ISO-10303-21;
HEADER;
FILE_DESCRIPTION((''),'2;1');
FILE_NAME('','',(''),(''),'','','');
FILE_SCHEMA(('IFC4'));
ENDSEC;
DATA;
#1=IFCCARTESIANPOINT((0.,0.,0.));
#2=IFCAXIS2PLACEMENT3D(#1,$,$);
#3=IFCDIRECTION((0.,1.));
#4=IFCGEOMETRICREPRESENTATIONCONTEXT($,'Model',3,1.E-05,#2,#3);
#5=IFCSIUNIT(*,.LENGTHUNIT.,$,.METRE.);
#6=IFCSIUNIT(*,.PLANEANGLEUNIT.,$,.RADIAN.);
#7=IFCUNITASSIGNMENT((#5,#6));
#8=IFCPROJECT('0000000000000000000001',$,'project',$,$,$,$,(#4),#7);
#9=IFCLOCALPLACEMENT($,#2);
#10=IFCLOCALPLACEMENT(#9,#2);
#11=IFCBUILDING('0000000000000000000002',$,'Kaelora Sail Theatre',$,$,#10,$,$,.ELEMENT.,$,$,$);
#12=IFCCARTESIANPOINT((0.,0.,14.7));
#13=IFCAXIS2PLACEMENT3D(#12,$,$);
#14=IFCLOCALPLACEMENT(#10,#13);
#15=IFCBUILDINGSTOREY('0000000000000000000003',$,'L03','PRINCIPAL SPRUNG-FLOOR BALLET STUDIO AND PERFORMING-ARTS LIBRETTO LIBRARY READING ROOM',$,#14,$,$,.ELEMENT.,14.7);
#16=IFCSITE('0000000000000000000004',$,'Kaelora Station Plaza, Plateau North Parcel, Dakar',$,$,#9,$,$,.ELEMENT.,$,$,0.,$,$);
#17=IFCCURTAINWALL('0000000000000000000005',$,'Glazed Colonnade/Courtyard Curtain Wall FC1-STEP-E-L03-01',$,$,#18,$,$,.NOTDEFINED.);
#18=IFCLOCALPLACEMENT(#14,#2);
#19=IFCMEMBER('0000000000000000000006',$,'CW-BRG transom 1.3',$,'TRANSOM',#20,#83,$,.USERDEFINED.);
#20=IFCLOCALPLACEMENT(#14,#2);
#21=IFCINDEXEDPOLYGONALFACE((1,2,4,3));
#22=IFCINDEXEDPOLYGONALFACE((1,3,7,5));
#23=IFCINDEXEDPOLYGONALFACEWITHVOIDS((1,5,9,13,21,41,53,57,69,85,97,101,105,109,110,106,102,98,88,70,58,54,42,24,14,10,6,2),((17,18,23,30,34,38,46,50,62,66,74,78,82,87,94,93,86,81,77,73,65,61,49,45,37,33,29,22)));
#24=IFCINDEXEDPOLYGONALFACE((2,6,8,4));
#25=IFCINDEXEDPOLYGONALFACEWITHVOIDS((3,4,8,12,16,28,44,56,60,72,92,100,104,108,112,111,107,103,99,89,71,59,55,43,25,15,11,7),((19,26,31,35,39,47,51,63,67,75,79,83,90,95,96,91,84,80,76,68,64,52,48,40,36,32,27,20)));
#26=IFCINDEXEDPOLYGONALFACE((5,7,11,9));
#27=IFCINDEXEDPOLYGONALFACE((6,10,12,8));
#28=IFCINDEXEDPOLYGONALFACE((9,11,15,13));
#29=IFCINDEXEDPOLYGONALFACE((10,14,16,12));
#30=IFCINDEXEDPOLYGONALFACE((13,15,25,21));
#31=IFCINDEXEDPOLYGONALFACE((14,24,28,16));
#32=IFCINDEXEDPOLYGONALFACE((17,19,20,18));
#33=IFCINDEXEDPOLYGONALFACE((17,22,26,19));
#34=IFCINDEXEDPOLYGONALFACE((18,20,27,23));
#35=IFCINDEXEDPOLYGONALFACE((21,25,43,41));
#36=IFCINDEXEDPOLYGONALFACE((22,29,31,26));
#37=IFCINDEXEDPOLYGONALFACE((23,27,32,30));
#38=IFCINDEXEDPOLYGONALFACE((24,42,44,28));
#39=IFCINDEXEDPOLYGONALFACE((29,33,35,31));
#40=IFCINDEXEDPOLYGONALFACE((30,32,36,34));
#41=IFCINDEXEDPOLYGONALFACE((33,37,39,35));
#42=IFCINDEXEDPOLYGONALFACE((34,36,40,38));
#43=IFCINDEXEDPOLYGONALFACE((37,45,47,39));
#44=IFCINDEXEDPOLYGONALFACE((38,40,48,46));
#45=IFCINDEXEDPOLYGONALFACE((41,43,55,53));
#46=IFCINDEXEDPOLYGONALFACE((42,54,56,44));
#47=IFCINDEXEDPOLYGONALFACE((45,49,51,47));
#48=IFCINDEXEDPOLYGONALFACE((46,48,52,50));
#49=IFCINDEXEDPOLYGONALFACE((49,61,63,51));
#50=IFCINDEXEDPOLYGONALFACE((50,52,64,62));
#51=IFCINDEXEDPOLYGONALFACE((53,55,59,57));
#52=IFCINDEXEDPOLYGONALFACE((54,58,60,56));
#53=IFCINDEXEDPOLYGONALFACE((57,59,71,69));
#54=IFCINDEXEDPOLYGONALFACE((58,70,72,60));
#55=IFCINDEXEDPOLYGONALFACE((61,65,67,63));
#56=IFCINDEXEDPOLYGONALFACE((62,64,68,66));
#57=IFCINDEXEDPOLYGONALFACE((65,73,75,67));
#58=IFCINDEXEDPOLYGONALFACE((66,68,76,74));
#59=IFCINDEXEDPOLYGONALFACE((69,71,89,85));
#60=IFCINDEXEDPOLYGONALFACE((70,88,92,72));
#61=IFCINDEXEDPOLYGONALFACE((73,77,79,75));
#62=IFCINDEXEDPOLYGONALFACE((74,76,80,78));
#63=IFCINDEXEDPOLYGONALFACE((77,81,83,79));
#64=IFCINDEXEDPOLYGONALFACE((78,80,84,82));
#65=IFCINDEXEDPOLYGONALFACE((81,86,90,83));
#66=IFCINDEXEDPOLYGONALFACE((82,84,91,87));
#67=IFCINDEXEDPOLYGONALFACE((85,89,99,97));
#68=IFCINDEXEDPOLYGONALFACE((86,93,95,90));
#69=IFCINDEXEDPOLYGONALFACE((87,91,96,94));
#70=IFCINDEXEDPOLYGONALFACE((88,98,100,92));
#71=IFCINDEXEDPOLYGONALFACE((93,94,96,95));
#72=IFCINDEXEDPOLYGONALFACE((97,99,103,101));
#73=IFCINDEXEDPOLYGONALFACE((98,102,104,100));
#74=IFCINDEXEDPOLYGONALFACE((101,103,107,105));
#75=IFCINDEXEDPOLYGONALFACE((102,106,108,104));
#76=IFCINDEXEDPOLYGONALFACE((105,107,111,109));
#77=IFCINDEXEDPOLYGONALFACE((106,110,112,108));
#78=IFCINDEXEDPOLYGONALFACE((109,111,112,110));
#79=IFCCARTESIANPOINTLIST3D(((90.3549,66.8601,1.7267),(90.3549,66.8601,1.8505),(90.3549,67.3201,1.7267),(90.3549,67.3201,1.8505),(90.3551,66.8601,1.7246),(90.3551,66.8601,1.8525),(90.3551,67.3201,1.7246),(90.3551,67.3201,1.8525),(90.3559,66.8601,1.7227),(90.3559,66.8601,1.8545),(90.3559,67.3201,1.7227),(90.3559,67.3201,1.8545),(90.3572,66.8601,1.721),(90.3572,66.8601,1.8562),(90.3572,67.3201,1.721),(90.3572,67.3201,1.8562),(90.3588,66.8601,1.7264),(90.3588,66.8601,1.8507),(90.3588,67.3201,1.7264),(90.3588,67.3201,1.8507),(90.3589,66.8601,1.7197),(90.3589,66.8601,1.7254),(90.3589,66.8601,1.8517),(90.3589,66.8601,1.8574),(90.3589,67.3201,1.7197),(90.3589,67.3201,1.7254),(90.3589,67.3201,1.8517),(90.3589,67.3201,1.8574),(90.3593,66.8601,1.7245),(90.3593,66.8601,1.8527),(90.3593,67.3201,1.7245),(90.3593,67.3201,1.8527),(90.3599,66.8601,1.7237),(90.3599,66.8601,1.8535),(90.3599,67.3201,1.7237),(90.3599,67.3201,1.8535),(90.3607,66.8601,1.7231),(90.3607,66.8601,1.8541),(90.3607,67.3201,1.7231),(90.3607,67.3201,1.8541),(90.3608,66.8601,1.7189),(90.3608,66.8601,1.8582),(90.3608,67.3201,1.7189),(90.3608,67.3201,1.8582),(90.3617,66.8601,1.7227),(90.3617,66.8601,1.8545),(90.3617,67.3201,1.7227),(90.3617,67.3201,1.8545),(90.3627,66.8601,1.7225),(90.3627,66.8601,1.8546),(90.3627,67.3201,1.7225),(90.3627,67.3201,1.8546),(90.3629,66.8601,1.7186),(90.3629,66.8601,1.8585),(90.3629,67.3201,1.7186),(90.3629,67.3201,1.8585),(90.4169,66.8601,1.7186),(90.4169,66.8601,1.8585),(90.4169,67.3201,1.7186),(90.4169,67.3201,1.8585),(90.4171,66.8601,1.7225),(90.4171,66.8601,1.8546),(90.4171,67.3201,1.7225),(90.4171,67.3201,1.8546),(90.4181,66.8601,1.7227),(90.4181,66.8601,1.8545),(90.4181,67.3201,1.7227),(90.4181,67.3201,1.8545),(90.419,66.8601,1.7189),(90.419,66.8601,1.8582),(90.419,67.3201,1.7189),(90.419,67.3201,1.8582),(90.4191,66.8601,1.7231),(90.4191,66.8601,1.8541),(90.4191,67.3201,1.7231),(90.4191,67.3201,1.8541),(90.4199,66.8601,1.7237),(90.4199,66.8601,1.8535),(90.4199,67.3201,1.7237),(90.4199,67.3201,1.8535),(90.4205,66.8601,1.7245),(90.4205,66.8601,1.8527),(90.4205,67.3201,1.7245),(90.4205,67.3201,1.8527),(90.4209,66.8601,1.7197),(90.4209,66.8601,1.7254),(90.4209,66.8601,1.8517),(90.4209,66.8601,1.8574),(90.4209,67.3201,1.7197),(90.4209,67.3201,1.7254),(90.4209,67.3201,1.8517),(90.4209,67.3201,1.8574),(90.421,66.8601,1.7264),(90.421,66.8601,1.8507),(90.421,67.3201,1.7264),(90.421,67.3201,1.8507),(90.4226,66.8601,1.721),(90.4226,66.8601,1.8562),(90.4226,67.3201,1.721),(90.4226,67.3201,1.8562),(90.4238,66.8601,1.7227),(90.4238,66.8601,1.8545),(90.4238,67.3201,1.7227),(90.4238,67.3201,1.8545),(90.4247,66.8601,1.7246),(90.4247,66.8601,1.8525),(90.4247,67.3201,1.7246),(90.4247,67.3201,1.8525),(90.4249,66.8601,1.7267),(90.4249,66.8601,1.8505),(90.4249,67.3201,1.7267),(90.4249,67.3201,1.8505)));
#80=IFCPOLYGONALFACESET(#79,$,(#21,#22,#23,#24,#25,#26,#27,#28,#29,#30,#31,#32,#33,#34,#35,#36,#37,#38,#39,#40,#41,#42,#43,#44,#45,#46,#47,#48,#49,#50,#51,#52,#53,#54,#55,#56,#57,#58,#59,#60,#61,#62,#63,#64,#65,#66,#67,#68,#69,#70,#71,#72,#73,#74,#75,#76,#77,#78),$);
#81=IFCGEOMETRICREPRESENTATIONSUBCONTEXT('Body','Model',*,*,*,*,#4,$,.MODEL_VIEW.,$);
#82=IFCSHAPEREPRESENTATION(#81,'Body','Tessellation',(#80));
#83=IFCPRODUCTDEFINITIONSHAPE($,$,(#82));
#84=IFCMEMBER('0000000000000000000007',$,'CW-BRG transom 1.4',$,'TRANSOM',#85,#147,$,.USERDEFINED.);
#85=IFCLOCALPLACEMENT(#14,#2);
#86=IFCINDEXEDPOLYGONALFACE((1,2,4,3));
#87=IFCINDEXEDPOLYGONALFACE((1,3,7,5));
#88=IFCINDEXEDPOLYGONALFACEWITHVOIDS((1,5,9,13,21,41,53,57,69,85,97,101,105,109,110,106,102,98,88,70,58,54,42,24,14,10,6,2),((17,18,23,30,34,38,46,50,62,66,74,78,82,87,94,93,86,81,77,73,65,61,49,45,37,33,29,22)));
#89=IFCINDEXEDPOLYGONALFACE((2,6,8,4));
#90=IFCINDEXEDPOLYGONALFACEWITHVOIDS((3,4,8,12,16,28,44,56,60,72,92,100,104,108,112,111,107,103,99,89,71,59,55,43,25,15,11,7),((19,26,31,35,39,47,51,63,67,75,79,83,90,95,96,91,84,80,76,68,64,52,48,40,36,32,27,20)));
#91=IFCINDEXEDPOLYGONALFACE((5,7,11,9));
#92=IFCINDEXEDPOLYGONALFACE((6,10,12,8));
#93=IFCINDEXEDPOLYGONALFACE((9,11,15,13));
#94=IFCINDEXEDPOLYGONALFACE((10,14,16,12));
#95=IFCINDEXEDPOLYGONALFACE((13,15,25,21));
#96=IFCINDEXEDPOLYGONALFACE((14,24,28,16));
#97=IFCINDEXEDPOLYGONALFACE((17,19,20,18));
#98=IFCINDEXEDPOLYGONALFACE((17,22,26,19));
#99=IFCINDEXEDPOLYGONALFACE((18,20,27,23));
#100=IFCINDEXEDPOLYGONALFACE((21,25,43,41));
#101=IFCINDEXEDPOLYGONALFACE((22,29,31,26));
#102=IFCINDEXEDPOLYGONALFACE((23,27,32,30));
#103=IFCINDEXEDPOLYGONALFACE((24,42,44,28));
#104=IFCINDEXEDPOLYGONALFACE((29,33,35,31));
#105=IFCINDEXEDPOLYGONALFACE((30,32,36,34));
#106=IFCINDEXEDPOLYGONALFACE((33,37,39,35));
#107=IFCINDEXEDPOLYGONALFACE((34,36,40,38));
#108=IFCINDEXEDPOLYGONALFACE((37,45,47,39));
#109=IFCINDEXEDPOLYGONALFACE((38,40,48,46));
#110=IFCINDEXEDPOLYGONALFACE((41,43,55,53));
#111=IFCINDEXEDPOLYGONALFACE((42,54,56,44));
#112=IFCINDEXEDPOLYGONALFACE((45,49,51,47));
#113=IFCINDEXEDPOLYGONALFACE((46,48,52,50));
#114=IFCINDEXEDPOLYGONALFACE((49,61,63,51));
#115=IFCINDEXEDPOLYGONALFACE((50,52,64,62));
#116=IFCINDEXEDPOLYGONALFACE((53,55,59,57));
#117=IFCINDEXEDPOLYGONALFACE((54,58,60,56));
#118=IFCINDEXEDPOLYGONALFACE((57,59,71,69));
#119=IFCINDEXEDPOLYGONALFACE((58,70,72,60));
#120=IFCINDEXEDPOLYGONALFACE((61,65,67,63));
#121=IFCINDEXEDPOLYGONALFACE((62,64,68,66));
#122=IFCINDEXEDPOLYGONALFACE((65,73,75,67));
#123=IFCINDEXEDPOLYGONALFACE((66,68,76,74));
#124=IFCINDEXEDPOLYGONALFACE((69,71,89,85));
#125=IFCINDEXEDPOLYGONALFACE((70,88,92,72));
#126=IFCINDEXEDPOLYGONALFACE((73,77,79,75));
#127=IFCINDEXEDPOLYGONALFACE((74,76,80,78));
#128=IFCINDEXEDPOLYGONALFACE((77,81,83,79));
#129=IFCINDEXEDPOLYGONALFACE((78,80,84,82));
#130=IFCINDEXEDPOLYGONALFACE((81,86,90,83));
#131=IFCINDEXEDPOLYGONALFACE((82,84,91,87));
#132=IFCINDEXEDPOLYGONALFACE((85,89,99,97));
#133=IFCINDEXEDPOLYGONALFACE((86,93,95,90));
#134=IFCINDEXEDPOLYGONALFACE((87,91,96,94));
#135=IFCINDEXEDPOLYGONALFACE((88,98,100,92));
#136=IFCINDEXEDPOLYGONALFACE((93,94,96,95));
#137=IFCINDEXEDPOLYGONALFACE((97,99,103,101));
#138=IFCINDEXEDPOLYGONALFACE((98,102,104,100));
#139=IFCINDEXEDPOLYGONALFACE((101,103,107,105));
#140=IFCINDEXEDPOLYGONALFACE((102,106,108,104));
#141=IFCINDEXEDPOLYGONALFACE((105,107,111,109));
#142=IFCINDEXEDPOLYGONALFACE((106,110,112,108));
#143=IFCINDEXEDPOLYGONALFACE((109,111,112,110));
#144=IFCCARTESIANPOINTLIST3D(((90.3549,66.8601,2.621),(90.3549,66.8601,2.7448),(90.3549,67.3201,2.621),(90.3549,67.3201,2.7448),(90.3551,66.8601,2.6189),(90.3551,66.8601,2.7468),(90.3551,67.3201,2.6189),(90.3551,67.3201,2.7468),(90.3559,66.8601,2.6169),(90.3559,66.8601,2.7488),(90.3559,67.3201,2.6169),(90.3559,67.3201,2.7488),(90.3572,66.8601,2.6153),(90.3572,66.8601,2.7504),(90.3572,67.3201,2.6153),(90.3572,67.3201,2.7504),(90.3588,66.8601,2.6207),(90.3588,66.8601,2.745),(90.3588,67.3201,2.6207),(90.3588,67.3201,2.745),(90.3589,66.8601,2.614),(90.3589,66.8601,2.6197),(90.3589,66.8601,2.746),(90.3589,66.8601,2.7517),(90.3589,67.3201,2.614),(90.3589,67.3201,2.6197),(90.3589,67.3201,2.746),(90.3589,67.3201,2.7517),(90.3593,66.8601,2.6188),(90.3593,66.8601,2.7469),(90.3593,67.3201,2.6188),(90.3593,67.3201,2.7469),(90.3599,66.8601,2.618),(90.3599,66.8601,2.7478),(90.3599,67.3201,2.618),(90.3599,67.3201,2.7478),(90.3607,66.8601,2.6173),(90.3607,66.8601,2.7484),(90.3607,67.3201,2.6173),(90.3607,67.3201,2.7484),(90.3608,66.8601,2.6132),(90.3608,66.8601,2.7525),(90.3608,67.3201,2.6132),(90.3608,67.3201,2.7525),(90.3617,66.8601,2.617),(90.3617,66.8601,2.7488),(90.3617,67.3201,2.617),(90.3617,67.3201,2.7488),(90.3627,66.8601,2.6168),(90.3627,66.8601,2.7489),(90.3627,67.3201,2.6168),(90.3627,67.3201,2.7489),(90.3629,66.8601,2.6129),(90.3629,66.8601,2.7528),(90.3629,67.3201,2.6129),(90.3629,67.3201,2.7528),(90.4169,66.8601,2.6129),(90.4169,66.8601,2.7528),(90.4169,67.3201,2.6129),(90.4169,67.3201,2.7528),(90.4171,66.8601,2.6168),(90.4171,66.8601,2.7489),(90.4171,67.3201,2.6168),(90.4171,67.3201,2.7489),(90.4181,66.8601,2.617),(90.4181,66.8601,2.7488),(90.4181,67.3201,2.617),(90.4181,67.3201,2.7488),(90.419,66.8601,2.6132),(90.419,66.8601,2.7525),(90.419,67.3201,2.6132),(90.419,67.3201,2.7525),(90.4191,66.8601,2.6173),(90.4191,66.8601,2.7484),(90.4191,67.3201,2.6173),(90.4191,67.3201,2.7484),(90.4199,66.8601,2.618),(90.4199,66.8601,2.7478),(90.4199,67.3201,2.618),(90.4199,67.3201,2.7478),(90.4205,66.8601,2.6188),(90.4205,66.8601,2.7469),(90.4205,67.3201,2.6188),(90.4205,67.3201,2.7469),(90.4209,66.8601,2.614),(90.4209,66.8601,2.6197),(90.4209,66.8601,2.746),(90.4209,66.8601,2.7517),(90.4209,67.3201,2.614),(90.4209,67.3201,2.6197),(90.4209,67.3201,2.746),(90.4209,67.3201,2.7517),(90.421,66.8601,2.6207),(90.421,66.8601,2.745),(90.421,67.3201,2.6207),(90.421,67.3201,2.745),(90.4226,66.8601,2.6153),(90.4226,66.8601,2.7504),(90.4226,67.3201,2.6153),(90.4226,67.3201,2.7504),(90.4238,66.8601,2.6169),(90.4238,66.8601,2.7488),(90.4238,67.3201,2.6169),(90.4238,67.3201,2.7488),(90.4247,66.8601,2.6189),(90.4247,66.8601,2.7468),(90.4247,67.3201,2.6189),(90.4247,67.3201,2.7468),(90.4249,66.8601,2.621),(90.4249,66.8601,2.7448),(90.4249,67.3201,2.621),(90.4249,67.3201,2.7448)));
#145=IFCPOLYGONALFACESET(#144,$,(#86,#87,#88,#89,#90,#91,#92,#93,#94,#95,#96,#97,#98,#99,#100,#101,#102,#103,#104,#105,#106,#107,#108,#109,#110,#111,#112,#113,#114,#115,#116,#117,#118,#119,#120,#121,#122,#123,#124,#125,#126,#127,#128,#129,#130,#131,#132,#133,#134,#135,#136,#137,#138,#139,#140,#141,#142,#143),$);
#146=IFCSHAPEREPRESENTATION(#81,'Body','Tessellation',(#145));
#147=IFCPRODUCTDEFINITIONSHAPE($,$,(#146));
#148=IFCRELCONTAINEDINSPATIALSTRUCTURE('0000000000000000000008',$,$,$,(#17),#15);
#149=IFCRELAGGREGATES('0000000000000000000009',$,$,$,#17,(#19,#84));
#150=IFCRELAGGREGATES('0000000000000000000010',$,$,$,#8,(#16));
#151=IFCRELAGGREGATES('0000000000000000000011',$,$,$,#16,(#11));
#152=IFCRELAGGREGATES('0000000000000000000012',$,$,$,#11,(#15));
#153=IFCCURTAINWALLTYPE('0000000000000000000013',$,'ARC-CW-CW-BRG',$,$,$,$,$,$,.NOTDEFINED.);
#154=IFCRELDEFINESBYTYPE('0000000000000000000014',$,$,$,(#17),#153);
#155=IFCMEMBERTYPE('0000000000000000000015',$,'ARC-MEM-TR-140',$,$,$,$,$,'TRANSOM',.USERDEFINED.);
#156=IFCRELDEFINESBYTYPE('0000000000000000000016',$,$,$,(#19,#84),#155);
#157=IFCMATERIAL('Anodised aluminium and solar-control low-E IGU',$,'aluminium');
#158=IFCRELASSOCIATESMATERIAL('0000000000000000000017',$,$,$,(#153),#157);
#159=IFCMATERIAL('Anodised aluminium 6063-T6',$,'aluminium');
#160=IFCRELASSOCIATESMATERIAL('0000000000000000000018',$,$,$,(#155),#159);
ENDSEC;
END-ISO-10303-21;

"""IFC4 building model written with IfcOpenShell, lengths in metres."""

from ifc_helpers import new_model, si_unit, direction, frame, origin, origin_2d, place, context, subcontext, project, spatial, hollow_rectangle, extrude, material, material_profile, profile_set, type_object, element, aggregate, save


model = new_model("IFC4")

# Units and contexts
model_context = context("Model", 3, precision=1e-05, world=origin(), true_north=direction((0.0, 1.0)))
body_context = subcontext(model_context, "Body", "Model", "MODEL_VIEW")
ifc_project = project(units=[si_unit("LENGTHUNIT", "METRE"), si_unit("PLANEANGLEUNIT", "RADIAN")], contexts=[model_context])

# Site, building, storey
site_placement = place(None, origin())
site = spatial("IfcSite", under=ifc_project, at=site_placement, Name="Kaelora Station Plaza, Plateau North Parcel, Dakar", CompositionType="ELEMENT", RefElevation=0.0)
building_placement = place(site_placement, origin())
building = spatial("IfcBuilding", under=site, at=building_placement, Name="Kaelora Sail Theatre", CompositionType="ELEMENT")
storey_placement = place(building_placement, frame((0.0, 0.0, 14.7)))
storey = spatial("IfcBuildingStorey", under=building, at=storey_placement, Name="L03", Description="PRINCIPAL SPRUNG-FLOOR BALLET STUDIO AND PERFORMING-ARTS LIBRETTO LIBRARY READING ROOM", CompositionType="ELEMENT", Elevation=14.7)

# Shared definitions
ifc_material_1 = material(Name="Anodised aluminium and solar-control low-E IGU", Category="aluminium")
curtain_wall_type = type_object("IfcCurtainWallType", Name="ARC-CW-CW-BRG", PredefinedType="NOTDEFINED", material=ifc_material_1)

# Curtain wall
curtain_wall_1_placement = place(storey_placement, origin())
curtain_wall_1 = element("IfcCurtainWall", 1, at=curtain_wall_1_placement, inside=storey, type_object=curtain_wall_type, Name="Glazed Colonnade/Courtyard Curtain Wall FC1-STEP-E-L03-01", PredefinedType="NOTDEFINED")

# Members
ifc_material_2 = material(Name="Anodised aluminium 6063-T6", Category="aluminium")
ifc_material_profile_1 = material_profile(ifc_material_2, hollow_rectangle(XDim=0.0701, YDim=0.1399, WallThickness=0.0039, InnerFilletRadius=0.0039, OuterFilletRadius=0.0081, at=origin_2d()), Name="ALU-TRAN 70x140x4")
ifc_profile_set_1 = profile_set([ifc_material_profile_1], Name="Anodised aluminium 6063-T6")
member_type_1 = type_object("IfcMemberType", Name="ARC-MEM-TR-140", ElementType="TRANSOM", PredefinedType="USERDEFINED", material=ifc_profile_set_1)
member_1_placement = place(storey_placement, frame((90.3899, 66.8601, 1.7886), z_axis=(0.0, 1.0, 0.0), x_axis=(-1.0, 0.0, 0.0)))
member_1 = element("IfcMember", 2, at=member_1_placement, type_object=member_type_1, Name="CW-BRG transom 1.3", ObjectType="TRANSOM", PredefinedType="USERDEFINED", context=body_context, shape_type="SweptSolid", body=[
    extrude(hollow_rectangle(XDim=0.0701, YDim=0.1399, WallThickness=0.0039, InnerFilletRadius=0.0039, OuterFilletRadius=0.0081, at=origin_2d()), origin(), (0.0, 0.0, 1.0), 0.46),
])
member_2_placement = place(storey_placement, frame((90.3899, 66.8601, 2.6829), z_axis=(0.0, 1.0, 0.0), x_axis=(-1.0, 0.0, 0.0)))
member_2 = element("IfcMember", 3, at=member_2_placement, type_object=member_type_1, Name="CW-BRG transom 1.4", ObjectType="TRANSOM", PredefinedType="USERDEFINED", context=body_context, shape_type="SweptSolid", body=[
    extrude(hollow_rectangle(XDim=0.0701, YDim=0.1399, WallThickness=0.0039, InnerFilletRadius=0.0039, OuterFilletRadius=0.0081, at=origin_2d()), origin(), (0.0, 0.0, 1.0), 0.46),
])

aggregate(curtain_wall_1, [member_1, member_2])

save(model, "model.ifc")
